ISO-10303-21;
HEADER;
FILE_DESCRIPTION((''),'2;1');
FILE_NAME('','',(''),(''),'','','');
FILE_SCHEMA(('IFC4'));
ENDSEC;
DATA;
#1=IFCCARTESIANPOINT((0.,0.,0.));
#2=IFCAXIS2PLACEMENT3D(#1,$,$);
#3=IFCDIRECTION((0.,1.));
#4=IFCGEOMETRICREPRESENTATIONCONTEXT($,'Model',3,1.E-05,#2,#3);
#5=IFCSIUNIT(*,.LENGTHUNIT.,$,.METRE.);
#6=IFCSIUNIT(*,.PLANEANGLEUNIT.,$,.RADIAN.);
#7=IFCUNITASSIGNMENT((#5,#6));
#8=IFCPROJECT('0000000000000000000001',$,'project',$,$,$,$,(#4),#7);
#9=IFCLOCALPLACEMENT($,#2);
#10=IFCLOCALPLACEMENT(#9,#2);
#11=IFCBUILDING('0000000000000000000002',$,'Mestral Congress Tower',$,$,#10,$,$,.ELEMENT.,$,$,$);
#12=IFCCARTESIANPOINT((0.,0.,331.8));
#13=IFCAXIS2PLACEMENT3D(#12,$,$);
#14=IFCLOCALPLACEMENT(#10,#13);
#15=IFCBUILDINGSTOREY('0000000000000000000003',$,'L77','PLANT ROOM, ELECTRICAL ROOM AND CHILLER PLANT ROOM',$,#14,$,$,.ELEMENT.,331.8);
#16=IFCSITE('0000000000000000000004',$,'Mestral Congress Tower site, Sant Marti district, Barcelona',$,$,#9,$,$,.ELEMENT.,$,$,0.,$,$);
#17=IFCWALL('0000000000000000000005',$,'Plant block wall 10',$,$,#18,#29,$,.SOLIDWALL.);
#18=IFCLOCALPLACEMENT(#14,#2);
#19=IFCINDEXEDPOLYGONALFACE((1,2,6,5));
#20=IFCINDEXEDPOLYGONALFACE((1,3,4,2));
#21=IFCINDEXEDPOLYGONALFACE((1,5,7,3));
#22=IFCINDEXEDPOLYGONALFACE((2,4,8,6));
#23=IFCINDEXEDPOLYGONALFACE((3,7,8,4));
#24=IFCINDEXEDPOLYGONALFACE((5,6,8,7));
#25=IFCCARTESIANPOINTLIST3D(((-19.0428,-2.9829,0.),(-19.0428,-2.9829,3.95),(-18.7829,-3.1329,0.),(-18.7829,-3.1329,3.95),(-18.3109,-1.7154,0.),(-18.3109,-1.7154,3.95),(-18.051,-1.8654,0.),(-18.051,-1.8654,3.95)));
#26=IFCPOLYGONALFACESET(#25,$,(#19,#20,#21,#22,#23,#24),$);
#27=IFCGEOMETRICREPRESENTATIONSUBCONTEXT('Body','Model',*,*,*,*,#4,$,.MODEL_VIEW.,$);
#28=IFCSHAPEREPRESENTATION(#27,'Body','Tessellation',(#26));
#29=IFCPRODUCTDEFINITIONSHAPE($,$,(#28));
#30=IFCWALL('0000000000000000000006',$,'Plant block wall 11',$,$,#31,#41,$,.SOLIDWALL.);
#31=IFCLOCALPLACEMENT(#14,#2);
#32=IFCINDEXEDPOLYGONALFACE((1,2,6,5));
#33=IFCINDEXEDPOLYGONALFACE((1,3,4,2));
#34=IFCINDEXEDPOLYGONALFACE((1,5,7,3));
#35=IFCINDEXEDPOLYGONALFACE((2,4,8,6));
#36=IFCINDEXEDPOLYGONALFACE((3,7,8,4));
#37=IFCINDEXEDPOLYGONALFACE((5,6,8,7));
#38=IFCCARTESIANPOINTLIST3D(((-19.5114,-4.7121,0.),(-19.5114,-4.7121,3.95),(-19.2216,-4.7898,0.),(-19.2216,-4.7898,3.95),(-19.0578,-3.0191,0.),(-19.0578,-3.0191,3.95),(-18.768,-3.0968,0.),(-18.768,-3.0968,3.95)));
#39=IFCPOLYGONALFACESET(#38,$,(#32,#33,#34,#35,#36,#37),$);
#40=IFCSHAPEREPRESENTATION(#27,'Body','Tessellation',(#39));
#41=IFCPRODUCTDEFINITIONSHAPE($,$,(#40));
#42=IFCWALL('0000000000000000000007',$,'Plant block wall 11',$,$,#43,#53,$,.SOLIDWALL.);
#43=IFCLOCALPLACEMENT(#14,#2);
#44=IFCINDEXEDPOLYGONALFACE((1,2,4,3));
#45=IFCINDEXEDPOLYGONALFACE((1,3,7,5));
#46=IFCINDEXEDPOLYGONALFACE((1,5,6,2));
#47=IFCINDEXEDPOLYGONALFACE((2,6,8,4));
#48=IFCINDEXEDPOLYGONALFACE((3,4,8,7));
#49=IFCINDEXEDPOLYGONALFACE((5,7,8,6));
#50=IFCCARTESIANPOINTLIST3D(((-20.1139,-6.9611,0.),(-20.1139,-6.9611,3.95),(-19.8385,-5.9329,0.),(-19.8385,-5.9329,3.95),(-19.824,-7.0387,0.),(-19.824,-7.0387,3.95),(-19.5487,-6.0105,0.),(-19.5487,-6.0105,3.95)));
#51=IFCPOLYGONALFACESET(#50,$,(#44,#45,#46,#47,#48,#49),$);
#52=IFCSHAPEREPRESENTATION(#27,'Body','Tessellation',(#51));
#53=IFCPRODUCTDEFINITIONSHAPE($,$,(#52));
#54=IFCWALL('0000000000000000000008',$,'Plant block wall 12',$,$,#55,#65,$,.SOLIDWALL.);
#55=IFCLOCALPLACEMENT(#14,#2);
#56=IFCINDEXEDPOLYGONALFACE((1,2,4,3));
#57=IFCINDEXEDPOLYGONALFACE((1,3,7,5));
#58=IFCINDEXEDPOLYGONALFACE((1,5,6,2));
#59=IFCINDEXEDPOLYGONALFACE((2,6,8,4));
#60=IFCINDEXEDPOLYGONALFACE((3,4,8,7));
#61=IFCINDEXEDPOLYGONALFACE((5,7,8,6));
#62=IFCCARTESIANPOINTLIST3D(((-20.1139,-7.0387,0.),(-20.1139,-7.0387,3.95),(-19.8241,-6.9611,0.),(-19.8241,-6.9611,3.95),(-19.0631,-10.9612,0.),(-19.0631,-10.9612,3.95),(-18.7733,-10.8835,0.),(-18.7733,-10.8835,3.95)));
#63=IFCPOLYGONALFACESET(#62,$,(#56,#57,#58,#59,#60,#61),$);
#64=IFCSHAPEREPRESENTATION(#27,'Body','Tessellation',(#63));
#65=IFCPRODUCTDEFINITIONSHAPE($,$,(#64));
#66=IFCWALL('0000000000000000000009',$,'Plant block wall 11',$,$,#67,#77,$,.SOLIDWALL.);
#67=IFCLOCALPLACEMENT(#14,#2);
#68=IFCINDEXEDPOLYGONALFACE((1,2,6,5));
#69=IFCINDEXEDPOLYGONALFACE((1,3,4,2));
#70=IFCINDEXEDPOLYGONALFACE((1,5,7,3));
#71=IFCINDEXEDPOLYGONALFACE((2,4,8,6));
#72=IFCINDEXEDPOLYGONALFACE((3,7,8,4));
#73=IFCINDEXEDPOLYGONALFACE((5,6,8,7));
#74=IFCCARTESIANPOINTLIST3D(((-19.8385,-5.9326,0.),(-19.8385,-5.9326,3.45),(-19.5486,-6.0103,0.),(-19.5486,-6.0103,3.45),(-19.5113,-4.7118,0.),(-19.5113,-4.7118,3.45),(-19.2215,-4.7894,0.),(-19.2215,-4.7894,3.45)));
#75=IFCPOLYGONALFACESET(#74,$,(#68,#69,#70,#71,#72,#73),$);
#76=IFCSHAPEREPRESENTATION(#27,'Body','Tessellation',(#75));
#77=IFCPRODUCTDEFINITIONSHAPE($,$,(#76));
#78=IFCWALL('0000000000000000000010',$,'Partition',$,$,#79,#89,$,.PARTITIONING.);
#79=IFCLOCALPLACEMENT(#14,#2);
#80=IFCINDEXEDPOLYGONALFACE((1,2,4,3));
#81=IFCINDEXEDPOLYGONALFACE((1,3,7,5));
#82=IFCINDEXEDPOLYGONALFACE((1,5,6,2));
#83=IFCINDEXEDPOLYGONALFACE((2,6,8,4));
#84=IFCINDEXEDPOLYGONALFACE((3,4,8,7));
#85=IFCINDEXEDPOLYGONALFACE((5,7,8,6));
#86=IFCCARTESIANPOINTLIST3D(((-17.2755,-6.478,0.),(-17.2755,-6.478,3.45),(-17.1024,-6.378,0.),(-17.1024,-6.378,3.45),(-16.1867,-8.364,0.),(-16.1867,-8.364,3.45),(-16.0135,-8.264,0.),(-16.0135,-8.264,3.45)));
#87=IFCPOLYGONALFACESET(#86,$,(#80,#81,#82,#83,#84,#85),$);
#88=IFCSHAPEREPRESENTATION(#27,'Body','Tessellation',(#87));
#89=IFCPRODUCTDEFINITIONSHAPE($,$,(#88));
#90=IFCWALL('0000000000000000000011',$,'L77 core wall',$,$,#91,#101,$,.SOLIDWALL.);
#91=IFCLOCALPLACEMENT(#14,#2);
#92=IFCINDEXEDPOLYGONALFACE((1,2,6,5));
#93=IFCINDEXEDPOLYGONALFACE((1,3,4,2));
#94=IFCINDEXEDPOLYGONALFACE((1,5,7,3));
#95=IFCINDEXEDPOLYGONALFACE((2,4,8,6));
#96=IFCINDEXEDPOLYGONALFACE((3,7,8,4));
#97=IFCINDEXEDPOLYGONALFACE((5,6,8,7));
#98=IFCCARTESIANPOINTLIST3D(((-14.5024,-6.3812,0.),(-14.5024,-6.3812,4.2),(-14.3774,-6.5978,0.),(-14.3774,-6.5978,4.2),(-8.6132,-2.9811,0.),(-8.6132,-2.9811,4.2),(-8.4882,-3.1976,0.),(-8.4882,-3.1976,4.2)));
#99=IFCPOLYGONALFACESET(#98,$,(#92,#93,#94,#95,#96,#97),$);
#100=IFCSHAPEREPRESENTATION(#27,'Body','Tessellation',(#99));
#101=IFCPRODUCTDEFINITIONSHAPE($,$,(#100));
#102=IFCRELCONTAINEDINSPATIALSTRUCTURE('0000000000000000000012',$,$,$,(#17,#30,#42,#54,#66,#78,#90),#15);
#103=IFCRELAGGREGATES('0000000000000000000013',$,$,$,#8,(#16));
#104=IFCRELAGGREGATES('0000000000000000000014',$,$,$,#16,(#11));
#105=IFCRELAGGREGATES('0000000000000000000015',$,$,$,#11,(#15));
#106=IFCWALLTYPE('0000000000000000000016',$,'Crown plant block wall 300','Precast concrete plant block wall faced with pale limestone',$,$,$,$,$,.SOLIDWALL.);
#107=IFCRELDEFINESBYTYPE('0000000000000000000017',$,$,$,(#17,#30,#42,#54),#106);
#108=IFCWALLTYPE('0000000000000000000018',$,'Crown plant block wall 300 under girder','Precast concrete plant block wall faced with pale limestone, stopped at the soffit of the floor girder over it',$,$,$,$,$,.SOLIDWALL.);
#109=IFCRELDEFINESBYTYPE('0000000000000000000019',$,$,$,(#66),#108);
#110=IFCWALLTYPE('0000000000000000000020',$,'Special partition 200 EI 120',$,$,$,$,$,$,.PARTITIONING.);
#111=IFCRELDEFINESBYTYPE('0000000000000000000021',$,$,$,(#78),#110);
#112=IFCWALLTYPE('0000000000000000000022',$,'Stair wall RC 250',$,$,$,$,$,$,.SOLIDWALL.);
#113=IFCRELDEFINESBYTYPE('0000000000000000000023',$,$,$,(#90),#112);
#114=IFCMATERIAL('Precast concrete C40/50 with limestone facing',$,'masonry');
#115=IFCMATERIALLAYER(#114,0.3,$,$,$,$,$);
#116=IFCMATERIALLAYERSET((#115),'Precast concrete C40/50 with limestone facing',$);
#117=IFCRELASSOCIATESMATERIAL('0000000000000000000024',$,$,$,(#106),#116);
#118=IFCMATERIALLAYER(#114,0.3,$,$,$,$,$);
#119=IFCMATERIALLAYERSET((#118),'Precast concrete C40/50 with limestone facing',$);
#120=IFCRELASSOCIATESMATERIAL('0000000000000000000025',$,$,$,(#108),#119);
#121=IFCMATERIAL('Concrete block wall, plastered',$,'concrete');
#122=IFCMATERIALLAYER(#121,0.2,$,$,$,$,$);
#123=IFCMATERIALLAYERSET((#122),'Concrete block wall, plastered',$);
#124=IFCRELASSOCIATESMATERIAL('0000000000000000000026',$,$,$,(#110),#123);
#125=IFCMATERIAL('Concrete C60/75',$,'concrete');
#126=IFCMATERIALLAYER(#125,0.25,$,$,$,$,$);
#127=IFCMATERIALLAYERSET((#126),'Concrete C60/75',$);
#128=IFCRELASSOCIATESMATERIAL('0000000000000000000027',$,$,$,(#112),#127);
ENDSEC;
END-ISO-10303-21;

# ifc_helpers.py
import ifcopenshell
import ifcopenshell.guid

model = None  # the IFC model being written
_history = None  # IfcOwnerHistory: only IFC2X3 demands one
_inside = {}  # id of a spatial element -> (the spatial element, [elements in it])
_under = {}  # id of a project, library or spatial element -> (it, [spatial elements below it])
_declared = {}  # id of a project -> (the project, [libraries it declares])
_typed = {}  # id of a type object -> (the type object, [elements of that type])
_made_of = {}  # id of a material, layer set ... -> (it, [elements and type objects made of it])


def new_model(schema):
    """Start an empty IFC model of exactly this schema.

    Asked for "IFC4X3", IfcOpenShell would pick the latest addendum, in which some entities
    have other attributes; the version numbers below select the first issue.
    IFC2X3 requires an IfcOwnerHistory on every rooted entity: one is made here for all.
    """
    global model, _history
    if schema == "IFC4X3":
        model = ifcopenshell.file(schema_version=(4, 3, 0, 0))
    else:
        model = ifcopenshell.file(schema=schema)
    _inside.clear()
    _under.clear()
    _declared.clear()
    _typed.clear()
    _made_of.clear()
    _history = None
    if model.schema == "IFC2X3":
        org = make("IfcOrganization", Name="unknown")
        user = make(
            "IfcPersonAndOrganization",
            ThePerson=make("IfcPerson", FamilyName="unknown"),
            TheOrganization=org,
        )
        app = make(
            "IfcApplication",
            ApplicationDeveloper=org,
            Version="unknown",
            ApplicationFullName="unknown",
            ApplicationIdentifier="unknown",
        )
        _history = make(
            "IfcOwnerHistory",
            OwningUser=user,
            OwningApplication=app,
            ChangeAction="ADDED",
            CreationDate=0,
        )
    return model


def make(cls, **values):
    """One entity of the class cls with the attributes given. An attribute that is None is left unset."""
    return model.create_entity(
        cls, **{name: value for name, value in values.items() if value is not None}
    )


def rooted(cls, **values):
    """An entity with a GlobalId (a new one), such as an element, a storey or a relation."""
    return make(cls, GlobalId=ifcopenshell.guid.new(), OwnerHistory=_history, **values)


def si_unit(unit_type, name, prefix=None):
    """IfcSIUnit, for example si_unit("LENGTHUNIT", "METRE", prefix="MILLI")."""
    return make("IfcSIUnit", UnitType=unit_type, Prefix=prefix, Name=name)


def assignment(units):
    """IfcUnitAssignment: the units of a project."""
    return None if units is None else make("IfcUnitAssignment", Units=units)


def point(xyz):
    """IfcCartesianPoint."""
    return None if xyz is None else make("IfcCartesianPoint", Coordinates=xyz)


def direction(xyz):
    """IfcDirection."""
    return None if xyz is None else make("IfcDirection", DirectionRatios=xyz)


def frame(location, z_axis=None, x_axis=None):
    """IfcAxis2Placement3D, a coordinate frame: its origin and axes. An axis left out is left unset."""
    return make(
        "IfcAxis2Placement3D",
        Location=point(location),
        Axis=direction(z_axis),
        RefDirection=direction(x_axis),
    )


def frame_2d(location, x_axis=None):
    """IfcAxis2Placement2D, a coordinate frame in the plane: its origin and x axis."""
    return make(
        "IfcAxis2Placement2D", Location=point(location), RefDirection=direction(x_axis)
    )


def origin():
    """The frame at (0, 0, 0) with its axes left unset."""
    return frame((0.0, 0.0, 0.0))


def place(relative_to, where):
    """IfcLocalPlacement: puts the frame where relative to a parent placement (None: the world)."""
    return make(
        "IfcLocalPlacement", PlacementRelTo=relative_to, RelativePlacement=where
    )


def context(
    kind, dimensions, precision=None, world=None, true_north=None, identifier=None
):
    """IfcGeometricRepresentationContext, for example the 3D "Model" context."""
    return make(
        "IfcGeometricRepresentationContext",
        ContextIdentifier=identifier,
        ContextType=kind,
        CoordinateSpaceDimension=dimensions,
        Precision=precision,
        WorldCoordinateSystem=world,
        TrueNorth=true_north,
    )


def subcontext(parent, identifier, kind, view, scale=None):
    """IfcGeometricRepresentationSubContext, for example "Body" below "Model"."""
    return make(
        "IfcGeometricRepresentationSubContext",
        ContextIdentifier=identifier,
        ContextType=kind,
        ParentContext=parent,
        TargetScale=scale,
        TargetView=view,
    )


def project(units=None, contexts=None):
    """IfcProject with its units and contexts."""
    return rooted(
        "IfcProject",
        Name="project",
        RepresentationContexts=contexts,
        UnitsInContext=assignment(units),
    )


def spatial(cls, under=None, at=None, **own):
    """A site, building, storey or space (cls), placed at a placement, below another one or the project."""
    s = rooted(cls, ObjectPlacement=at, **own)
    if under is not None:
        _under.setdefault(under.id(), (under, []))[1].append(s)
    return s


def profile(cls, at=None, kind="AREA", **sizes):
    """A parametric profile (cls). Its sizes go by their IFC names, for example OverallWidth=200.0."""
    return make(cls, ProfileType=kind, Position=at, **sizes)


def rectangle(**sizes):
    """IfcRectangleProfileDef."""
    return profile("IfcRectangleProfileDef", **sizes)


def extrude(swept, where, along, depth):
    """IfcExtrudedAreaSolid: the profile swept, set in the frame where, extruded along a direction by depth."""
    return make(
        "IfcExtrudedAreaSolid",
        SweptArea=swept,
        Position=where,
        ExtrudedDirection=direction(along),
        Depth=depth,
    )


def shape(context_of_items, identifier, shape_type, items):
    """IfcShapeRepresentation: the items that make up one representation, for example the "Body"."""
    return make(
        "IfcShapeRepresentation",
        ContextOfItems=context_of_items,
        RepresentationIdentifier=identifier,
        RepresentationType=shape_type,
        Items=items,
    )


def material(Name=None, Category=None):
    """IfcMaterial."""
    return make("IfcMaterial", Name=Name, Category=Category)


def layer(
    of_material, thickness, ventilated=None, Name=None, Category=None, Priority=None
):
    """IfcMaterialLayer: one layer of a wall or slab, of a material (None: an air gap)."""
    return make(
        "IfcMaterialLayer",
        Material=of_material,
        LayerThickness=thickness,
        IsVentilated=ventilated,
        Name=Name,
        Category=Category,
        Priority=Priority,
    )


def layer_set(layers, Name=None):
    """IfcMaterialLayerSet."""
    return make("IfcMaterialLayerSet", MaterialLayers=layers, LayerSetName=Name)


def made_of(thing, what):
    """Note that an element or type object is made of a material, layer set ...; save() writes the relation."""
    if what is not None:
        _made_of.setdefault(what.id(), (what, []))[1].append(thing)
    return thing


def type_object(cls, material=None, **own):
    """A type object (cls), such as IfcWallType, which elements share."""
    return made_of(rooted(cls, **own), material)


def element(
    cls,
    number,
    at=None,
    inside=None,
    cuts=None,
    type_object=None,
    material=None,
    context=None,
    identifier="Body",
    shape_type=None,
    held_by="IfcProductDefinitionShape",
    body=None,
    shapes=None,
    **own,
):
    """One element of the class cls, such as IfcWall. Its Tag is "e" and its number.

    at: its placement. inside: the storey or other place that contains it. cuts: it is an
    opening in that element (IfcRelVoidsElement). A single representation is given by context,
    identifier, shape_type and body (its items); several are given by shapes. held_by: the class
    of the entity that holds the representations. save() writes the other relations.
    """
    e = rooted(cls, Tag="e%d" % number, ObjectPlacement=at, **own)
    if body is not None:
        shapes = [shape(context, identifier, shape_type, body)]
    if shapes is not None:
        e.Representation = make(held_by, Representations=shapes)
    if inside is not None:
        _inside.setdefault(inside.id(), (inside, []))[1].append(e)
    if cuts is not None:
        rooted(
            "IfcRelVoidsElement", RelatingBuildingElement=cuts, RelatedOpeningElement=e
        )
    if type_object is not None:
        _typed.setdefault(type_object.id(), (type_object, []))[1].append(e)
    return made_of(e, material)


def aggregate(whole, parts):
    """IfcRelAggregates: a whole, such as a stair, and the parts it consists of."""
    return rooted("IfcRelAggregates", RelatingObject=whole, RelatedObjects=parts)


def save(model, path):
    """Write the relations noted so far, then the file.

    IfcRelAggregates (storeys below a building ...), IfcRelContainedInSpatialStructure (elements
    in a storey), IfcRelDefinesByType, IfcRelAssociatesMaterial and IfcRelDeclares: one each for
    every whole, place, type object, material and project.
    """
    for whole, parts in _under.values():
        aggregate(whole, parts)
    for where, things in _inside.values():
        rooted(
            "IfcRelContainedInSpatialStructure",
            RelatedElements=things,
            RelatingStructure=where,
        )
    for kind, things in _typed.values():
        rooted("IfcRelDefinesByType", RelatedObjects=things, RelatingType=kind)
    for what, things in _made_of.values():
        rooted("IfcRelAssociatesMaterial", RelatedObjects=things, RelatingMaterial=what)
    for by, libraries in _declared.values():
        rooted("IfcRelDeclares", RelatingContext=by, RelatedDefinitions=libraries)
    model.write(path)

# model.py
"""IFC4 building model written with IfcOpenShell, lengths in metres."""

from ifc_helpers import new_model, si_unit, direction, frame, frame_2d, origin, place, context, subcontext, project, spatial, rectangle, extrude, material, layer, layer_set, type_object, element, save


model = new_model("IFC4")

# Units and contexts
model_context = context("Model", 3, precision=1e-05, world=origin(), true_north=direction((0.0, 1.0)))
body_context = subcontext(model_context, "Body", "Model", "MODEL_VIEW")
ifc_project = project(units=[si_unit("LENGTHUNIT", "METRE"), si_unit("PLANEANGLEUNIT", "RADIAN")], contexts=[model_context])

# Site, building, storey
site_placement = place(None, origin())
site = spatial("IfcSite", under=ifc_project, at=site_placement, Name="Mestral Congress Tower site, Sant Marti district, Barcelona", CompositionType="ELEMENT", RefElevation=0.0)
building_placement = place(site_placement, origin())
building = spatial("IfcBuilding", under=site, at=building_placement, Name="Mestral Congress Tower", CompositionType="ELEMENT")
storey_placement = place(building_placement, frame((0.0, 0.0, 331.8)))
storey = spatial("IfcBuildingStorey", under=building, at=storey_placement, Name="L77", Description="PLANT ROOM, ELECTRICAL ROOM AND CHILLER PLANT ROOM", CompositionType="ELEMENT", Elevation=331.8)

# Shared definitions
ifc_material_1 = material(Name="Concrete C60/75", Category="concrete")

# Walls
ifc_material_2 = material(Name="Precast concrete C40/50 with limestone facing", Category="masonry")
ifc_layer_1 = layer(ifc_material_2, 0.3)
ifc_layer_set_1 = layer_set([ifc_layer_1], Name="Precast concrete C40/50 with limestone facing")
wall_type_1 = type_object("IfcWallType", Name="Crown plant block wall 300", Description="Precast concrete plant block wall faced with pale limestone", PredefinedType="SOLIDWALL", material=ifc_layer_set_1)
wall_1_placement = place(storey_placement, frame((-18.1809, -1.7903, 0.0), z_axis=(0.0, 0.0, 1.0), x_axis=(-0.50005, -0.865997, 0.0)))
element("IfcWall", 1, at=wall_1_placement, inside=storey, type_object=wall_type_1, Name="Plant block wall 10", PredefinedType="SOLIDWALL", context=body_context, shape_type="SweptSolid", body=[
    extrude(rectangle(XDim=1.4636, YDim=0.3, at=frame_2d((0.7319, 0.0))), origin(), (0.0, 0.0, 1.0), 3.95),
])
wall_2_placement = place(storey_placement, frame((-18.9128, -3.0579, 0.0), z_axis=(0.0, 0.0, 1.0), x_axis=(-0.258824, -0.965924, 0.0)))
element("IfcWall", 2, at=wall_2_placement, inside=storey, type_object=wall_type_1, Name="Plant block wall 11", PredefinedType="SOLIDWALL", context=body_context, shape_type="SweptSolid", body=[
    extrude(rectangle(XDim=1.7527, YDim=0.3, at=frame_2d((0.8765, 0.0))), origin(), (0.0, 0.0, 1.0), 3.95),
])
wall_3_placement = place(storey_placement, frame((-19.6936, -5.9717, 0.0), z_axis=(0.0, 0.0, 1.0), x_axis=(-0.25869, -0.96596, 0.0)))
element("IfcWall", 3, at=wall_3_placement, inside=storey, type_object=wall_type_1, Name="Plant block wall 11", PredefinedType="SOLIDWALL", context=body_context, shape_type="SweptSolid", body=[
    extrude(rectangle(XDim=1.0645, YDim=0.3, at=frame_2d((0.5322, 0.0))), origin(), (0.0, 0.0, 1.0), 3.95),
])
wall_4_placement = place(storey_placement, frame((-19.969, -7.0, 0.0), z_axis=(0.0, 0.0, 1.0), x_axis=(0.25877, -0.965939, 0.0)))
element("IfcWall", 4, at=wall_4_placement, inside=storey, type_object=wall_type_1, Name="Plant block wall 12", PredefinedType="SOLIDWALL", context=body_context, shape_type="SweptSolid", body=[
    extrude(rectangle(XDim=4.0608, YDim=0.3, at=frame_2d((2.0303, 0.0))), origin(), (0.0, 0.0, 1.0), 3.95),
])
ifc_layer_2 = layer(ifc_material_2, 0.3)
ifc_layer_set_2 = layer_set([ifc_layer_2], Name="Precast concrete C40/50 with limestone facing")
wall_type_2 = type_object("IfcWallType", Name="Crown plant block wall 300 under girder", Description="Precast concrete plant block wall faced with pale limestone, stopped at the soffit of the floor girder over it", PredefinedType="SOLIDWALL", material=ifc_layer_set_2)
wall_5_placement = place(storey_placement, frame((-19.3665, -4.7507, 0.0), z_axis=(0.0, 0.0, 1.0), x_axis=(-0.258817, -0.965926, 0.0)))
element("IfcWall", 5, at=wall_5_placement, inside=storey, type_object=wall_type_2, Name="Plant block wall 11", PredefinedType="SOLIDWALL", context=body_context, shape_type="SweptSolid", body=[
    extrude(rectangle(XDim=1.2639, YDim=0.3, at=frame_2d((0.6318, 0.0))), origin(), (0.0, 0.0, 1.0), 3.45),
])
ifc_material_3 = material(Name="Concrete block wall, plastered", Category="concrete")
ifc_layer_3 = layer(ifc_material_3, 0.2)
ifc_layer_set_3 = layer_set([ifc_layer_3], Name="Concrete block wall, plastered")
wall_type_3 = type_object("IfcWallType", Name="Special partition 200 EI 120", PredefinedType="PARTITIONING", material=ifc_layer_set_3)
wall_6_placement = place(storey_placement, frame((-16.1001, -8.314, 0.0), z_axis=(0.0, 0.0, 1.0), x_axis=(-0.499997, 0.866027, 0.0)))
element("IfcWall", 6, at=wall_6_placement, inside=storey, type_object=wall_type_3, Name="Partition", PredefinedType="PARTITIONING", context=body_context, shape_type="SweptSolid", body=[
    extrude(rectangle(XDim=2.1777, YDim=0.2, at=frame_2d((1.0889, 0.0))), origin(), (0.0, 0.0, 1.0), 3.45),
])
ifc_layer_4 = layer(ifc_material_1, 0.25)
ifc_layer_set_4 = layer_set([ifc_layer_4], Name="Concrete C60/75")
wall_type_4 = type_object("IfcWallType", Name="Stair wall RC 250", PredefinedType="SOLIDWALL", material=ifc_layer_set_4)
wall_7_placement = place(storey_placement, frame((-14.4399, -6.4895, 0.0), z_axis=(0.0, 0.0, 1.0), x_axis=(0.866023, 0.500004, 0.0)))
element("IfcWall", 7, at=wall_7_placement, inside=storey, type_object=wall_type_4, Name="L77 core wall", PredefinedType="SOLIDWALL", context=body_context, shape_type="SweptSolid", body=[
    extrude(rectangle(XDim=6.8003, YDim=0.25, at=frame_2d((3.4001, 0.0))), origin(), (0.0, 0.0, 1.0), 4.2),
])

save(model, "model.ifc")
